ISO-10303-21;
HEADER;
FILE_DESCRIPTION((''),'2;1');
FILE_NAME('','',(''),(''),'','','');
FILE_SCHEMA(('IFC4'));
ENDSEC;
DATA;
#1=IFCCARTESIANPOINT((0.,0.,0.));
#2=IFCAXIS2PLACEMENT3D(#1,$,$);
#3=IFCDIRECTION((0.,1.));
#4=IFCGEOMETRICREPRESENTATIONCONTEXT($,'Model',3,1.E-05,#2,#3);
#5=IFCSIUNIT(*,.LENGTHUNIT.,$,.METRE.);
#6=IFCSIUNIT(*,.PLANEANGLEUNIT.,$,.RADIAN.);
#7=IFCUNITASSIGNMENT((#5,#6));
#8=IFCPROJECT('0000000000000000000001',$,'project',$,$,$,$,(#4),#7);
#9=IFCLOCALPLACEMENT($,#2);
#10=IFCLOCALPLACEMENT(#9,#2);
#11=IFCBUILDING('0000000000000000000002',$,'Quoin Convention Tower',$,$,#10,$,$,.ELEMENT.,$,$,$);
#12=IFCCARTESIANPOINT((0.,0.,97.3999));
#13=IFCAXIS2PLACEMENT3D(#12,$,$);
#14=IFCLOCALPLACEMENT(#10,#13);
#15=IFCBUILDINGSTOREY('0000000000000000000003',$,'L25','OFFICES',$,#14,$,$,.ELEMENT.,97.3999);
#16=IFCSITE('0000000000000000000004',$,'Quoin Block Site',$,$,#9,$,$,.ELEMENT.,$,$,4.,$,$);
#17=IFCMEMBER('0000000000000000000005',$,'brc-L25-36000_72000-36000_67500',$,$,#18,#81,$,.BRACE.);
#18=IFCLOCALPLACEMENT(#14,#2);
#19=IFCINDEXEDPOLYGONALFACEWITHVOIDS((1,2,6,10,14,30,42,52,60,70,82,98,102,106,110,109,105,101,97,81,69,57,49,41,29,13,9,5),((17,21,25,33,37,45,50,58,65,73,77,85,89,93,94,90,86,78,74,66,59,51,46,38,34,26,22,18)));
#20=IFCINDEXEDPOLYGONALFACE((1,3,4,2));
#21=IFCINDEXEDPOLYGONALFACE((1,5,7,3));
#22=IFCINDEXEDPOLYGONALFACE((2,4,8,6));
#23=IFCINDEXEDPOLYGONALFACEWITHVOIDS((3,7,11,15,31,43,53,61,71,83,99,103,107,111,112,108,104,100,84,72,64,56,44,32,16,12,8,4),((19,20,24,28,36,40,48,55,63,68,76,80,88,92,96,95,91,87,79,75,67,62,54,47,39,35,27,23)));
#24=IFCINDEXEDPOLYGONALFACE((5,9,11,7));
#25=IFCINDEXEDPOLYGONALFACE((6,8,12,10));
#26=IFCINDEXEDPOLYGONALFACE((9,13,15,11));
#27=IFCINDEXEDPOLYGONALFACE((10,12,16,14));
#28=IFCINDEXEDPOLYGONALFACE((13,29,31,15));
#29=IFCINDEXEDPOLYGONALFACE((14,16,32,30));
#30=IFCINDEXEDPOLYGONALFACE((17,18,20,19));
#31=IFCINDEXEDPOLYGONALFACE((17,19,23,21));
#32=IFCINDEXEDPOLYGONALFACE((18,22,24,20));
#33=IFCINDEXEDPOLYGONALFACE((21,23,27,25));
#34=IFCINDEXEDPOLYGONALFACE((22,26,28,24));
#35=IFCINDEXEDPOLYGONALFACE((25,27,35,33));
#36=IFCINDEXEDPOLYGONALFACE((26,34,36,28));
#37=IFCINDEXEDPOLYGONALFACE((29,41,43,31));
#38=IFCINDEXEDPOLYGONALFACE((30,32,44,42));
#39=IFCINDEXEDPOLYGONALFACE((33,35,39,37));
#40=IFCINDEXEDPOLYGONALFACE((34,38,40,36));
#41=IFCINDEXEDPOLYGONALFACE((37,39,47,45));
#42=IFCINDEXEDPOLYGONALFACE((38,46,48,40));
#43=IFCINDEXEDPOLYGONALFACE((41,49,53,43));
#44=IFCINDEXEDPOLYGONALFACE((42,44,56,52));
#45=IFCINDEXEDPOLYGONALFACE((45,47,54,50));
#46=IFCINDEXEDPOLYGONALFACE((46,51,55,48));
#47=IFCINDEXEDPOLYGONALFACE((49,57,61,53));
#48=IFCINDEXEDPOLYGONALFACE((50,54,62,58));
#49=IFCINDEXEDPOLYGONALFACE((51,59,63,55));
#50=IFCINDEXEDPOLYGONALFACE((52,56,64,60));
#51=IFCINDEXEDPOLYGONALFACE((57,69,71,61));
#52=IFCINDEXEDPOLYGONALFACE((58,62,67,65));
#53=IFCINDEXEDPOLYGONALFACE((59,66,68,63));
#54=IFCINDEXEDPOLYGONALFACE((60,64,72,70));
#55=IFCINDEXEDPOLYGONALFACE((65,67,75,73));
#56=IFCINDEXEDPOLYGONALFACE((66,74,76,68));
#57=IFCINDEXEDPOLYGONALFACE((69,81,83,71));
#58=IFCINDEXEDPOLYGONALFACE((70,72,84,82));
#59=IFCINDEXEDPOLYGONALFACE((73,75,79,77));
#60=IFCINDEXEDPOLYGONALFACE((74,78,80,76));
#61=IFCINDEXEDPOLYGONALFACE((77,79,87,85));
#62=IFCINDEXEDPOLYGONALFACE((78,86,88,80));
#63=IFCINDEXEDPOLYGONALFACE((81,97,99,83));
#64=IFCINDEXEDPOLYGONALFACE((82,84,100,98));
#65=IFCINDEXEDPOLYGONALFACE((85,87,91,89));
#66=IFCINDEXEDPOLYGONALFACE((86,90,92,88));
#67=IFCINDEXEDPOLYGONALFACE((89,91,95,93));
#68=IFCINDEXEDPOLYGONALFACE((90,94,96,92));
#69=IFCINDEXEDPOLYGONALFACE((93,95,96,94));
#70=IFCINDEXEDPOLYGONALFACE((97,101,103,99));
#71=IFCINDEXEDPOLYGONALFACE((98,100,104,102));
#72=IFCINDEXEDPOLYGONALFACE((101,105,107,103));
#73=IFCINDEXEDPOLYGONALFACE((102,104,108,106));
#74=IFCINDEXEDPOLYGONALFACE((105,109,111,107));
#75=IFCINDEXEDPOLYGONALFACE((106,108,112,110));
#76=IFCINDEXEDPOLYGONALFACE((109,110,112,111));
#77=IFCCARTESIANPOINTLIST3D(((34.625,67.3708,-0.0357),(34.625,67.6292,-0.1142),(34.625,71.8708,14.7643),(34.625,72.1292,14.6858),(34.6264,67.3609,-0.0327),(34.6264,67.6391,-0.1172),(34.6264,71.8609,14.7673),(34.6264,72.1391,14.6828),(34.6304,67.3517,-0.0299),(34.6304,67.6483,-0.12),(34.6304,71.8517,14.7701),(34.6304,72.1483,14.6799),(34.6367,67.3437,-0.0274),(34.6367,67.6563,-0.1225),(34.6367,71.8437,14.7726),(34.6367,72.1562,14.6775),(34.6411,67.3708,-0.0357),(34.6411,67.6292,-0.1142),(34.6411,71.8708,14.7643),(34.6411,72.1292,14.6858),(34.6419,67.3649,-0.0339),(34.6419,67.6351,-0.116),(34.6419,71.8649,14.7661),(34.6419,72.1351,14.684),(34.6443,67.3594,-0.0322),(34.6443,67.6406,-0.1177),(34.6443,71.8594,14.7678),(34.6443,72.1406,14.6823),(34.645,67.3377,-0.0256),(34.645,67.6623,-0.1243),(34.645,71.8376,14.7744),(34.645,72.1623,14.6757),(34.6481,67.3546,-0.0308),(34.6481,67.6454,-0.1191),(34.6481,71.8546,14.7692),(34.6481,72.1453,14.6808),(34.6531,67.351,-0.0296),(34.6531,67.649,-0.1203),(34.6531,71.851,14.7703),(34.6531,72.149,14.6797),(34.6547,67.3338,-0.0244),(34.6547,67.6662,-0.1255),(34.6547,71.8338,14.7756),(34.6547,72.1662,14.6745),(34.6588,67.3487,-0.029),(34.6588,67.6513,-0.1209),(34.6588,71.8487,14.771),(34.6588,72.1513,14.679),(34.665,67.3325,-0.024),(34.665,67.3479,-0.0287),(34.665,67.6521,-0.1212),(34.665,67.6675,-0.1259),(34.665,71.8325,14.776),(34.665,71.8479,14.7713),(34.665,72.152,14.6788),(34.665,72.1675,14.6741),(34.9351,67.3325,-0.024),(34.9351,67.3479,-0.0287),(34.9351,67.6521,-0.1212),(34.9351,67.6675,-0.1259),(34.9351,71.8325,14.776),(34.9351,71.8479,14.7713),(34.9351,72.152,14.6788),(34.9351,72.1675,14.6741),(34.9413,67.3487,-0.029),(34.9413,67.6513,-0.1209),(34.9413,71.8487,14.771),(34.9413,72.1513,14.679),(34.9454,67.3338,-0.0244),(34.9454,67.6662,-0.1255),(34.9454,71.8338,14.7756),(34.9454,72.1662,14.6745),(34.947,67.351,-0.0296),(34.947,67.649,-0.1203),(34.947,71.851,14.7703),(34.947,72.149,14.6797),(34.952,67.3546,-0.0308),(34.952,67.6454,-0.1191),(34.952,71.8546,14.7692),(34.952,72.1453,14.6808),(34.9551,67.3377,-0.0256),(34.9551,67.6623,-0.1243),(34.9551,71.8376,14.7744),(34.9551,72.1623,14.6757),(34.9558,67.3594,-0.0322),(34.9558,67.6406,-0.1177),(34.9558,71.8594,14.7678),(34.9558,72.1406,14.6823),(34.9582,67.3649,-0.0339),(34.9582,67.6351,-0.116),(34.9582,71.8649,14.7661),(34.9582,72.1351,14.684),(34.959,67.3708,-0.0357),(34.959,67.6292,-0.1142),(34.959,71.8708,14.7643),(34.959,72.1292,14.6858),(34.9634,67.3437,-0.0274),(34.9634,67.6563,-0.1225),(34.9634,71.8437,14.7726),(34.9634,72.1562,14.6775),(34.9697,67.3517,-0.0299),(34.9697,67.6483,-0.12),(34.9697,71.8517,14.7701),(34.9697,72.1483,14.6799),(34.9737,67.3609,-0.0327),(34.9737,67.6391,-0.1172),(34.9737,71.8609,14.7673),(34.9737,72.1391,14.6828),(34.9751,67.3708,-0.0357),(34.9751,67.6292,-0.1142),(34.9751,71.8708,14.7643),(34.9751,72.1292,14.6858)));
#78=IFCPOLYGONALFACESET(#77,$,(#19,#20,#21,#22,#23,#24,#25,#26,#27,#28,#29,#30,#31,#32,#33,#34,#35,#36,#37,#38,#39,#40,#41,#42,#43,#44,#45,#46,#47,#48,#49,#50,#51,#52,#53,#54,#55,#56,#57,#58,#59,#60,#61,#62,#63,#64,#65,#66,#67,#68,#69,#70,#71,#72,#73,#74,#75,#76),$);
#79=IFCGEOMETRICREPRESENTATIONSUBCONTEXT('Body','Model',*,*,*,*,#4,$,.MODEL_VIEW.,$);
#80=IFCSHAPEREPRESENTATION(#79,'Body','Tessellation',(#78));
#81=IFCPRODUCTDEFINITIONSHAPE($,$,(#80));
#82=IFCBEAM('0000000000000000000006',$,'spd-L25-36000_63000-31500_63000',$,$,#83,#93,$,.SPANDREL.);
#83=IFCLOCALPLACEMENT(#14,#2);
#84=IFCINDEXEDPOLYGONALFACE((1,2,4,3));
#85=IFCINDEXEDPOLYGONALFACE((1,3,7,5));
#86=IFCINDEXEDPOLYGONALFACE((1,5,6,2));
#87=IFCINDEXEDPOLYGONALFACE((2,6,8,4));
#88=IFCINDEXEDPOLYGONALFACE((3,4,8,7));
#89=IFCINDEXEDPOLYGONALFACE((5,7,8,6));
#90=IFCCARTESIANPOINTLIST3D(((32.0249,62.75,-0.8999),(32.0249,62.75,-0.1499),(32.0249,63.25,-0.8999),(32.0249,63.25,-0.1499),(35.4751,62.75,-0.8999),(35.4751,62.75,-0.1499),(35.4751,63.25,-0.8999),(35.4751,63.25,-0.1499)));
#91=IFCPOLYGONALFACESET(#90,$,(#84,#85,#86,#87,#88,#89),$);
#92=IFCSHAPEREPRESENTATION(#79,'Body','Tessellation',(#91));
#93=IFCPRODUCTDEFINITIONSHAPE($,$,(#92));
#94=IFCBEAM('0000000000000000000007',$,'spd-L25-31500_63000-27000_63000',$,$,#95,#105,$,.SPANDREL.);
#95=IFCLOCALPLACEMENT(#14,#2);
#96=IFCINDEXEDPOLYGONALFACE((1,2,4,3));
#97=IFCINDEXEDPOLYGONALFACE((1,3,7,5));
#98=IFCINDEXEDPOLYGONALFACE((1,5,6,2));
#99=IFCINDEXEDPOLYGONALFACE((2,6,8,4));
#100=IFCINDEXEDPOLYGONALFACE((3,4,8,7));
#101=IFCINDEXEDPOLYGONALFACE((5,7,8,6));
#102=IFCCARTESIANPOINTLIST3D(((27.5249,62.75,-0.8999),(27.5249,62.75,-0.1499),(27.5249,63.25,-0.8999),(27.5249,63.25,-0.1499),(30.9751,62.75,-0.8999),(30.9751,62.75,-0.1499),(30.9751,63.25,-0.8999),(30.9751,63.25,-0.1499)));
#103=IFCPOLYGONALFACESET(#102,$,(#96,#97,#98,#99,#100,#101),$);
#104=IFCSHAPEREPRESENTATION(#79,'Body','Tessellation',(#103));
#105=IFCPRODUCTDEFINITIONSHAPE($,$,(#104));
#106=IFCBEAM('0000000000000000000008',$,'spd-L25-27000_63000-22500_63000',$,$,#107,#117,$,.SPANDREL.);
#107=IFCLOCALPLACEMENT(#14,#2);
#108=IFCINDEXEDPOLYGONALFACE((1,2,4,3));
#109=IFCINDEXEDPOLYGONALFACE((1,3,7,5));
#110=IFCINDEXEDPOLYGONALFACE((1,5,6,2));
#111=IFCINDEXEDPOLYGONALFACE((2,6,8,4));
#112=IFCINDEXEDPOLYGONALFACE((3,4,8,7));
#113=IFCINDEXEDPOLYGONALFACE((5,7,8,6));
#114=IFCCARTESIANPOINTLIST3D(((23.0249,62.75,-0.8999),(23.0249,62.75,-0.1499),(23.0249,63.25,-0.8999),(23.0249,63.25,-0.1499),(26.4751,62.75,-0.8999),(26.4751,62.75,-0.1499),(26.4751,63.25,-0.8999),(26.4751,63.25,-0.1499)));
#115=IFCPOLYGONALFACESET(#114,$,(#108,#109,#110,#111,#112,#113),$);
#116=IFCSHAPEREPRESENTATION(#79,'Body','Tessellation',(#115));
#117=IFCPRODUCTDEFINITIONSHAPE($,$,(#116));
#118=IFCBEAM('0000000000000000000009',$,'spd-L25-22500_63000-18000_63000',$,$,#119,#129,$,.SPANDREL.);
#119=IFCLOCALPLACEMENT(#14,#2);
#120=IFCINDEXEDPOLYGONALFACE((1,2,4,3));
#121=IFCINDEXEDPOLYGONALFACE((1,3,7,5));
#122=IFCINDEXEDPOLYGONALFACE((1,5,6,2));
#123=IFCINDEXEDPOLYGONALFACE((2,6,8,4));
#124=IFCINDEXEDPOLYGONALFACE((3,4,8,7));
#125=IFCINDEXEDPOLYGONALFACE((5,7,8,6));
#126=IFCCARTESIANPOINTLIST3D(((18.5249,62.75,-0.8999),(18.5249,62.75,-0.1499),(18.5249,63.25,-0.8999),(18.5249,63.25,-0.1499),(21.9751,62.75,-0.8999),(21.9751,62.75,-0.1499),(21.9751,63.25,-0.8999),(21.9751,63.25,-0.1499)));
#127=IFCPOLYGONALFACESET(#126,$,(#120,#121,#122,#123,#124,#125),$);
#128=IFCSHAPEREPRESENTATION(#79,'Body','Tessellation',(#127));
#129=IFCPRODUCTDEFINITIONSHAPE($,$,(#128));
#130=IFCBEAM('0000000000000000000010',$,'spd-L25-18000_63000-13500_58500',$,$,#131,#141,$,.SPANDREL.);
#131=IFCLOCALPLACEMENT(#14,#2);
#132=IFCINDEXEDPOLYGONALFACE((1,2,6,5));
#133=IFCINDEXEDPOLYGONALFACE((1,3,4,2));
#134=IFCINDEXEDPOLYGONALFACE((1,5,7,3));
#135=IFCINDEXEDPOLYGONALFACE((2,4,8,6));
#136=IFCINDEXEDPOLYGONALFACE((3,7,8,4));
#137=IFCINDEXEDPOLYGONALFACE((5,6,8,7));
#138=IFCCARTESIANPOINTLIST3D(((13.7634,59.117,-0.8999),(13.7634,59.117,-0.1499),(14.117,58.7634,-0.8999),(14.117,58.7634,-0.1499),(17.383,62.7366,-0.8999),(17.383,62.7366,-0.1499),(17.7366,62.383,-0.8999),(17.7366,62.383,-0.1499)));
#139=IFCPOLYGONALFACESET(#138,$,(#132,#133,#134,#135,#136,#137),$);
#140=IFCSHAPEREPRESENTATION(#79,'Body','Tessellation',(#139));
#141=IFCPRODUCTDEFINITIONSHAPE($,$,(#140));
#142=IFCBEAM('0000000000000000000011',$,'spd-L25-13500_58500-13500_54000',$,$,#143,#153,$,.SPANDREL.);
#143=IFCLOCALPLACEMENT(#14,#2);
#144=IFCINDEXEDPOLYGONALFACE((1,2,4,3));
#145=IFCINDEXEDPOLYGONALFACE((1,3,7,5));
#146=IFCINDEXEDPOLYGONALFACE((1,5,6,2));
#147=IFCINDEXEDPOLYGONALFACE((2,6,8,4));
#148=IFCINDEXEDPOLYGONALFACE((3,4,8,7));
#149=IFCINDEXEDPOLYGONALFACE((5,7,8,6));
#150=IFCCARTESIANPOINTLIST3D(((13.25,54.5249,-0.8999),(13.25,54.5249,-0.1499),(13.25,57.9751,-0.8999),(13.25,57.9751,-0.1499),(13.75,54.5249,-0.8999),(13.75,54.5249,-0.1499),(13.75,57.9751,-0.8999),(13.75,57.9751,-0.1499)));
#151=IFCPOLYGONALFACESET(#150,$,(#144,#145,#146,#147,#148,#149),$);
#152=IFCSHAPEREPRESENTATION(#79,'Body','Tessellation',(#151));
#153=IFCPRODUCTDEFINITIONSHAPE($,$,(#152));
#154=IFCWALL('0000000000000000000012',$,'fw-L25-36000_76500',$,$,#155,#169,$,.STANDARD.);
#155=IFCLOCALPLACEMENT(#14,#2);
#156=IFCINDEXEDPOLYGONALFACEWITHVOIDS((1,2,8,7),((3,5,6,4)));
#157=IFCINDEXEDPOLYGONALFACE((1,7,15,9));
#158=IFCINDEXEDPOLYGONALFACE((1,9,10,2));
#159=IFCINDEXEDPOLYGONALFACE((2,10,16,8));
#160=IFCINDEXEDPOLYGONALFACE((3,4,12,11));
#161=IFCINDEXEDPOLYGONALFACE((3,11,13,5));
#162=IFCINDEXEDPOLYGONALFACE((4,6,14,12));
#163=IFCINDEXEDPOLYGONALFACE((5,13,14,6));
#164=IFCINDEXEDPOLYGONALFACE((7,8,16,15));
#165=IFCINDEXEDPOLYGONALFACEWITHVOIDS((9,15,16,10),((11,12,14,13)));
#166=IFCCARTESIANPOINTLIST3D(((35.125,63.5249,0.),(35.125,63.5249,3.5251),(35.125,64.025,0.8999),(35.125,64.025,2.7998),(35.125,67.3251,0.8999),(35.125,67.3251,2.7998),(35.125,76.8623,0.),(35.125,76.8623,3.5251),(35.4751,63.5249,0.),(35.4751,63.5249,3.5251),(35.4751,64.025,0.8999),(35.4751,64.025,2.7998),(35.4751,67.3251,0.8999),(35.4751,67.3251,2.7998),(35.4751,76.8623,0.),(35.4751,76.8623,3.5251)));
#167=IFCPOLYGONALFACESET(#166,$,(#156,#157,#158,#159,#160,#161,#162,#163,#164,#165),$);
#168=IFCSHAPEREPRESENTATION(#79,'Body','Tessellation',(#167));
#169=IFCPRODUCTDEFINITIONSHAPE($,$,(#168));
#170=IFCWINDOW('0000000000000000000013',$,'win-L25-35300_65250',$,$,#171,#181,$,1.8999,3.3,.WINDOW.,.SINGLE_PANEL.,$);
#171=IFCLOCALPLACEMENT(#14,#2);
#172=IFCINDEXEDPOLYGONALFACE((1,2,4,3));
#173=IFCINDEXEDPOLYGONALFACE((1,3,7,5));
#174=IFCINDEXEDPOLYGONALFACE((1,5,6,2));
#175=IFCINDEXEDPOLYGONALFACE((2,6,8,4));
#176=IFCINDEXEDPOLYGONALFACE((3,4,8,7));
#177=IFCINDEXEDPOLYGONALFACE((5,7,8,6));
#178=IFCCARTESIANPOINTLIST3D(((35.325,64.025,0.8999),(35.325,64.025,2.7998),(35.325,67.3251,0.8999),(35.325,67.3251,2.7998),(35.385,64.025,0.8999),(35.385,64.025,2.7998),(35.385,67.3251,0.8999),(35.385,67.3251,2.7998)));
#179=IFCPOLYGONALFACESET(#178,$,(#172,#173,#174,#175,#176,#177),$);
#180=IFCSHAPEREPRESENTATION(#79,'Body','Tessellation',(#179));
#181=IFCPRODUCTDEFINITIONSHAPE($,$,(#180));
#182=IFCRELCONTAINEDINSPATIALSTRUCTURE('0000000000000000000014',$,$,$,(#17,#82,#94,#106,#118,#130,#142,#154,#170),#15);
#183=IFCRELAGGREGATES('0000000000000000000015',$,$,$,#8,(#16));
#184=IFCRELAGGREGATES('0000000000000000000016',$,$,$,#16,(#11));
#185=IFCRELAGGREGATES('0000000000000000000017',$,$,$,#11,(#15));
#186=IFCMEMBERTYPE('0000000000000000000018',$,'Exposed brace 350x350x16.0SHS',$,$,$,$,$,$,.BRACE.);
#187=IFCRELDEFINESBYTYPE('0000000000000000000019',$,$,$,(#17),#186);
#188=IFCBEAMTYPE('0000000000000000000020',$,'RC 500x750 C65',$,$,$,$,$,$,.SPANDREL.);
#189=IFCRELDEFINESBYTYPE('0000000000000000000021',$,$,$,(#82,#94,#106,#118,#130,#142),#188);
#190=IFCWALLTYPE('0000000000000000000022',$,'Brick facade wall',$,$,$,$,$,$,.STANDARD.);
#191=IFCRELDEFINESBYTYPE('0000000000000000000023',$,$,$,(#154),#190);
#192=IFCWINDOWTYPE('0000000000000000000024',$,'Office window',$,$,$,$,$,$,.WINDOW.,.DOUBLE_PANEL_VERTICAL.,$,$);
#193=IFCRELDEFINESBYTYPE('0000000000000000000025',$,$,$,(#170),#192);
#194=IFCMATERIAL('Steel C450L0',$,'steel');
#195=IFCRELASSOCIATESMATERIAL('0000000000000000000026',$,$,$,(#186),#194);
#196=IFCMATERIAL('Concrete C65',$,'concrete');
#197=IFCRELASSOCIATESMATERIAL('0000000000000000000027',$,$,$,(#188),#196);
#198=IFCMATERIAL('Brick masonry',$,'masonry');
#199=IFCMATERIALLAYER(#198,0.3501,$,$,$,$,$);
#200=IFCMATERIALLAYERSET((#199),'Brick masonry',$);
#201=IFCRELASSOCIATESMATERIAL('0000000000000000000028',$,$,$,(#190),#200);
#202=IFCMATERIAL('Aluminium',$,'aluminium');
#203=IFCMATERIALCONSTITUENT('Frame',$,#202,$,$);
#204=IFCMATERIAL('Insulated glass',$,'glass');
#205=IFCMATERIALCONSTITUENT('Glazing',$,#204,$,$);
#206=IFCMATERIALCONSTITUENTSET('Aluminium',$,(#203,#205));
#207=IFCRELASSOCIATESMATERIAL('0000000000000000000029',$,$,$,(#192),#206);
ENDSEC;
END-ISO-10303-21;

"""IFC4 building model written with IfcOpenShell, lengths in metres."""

from ifc_helpers import new_model, si_unit, direction, frame, frame_2d, origin, origin_2d, place, context, subcontext, project, spatial, rectangle, hollow_rectangle, extrude, material, layer, layer_set, constituent, constituent_set, material_profile, profile_set, type_object, element, fill, save


model = new_model("IFC4")

# Units and contexts
model_context = context("Model", 3, precision=1e-05, world=origin(), true_north=direction((0.0, 1.0)))
body_context = subcontext(model_context, "Body", "Model", "MODEL_VIEW")
ifc_project = project(units=[si_unit("LENGTHUNIT", "METRE"), si_unit("PLANEANGLEUNIT", "RADIAN")], contexts=[model_context])

# Site, building, storey
site_placement = place(None, origin())
site = spatial("IfcSite", under=ifc_project, at=site_placement, Name="Quoin Block Site", CompositionType="ELEMENT", RefElevation=4.0)
building_placement = place(site_placement, origin())
building = spatial("IfcBuilding", under=site, at=building_placement, Name="Quoin Convention Tower", CompositionType="ELEMENT")
storey_placement = place(building_placement, frame((0.0, 0.0, 97.3999)))
storey = spatial("IfcBuildingStorey", under=building, at=storey_placement, Name="L25", Description="OFFICES", CompositionType="ELEMENT", Elevation=97.3999)

# Shared definitions
ifc_material_1 = material(Name="Concrete C65", Category="concrete")

# Member
ifc_material_2 = material(Name="Steel C450L0", Category="steel")
ifc_material_profile_1 = material_profile(ifc_material_2, hollow_rectangle(XDim=0.3501, YDim=0.3501, WallThickness=0.0161, InnerFilletRadius=0.0239, OuterFilletRadius=0.04, at=origin_2d()), Name="350x350x16.0SHS")
ifc_profile_set_1 = profile_set([ifc_material_profile_1], Name="Steel C450L0")
member_type = type_object("IfcMemberType", Name="Exposed brace 350x350x16.0SHS", PredefinedType="BRACE", material=ifc_profile_set_1)
for number, where, z_axis, x_axis, name in (
    (1, (34.8, 67.5, -0.075), (0.0, 0.290903, 0.956752), (-1.0, 0.0, 0.0), "brc-L25-36000_72000-36000_67500"),
):
    element("IfcMember", number, at=place(storey_placement, frame(where, z_axis=z_axis, x_axis=x_axis)), inside=storey, type_object=member_type, Name=name, PredefinedType="BRACE", context=body_context, shape_type="SweptSolid", body=[
        extrude(hollow_rectangle(XDim=0.3501, YDim=0.3501, WallThickness=0.0161, InnerFilletRadius=0.0239, OuterFilletRadius=0.04, at=origin_2d()), origin(), (0.0, 0.0, 1.0), 15.469),
    ])

# Beams
ifc_material_profile_2 = material_profile(ifc_material_1, rectangle(XDim=0.5, YDim=0.75, at=origin_2d()), Name="RC 500x750")
ifc_profile_set_2 = profile_set([ifc_material_profile_2], Name="Concrete C65")
beam_type_1 = type_object("IfcBeamType", Name="RC 500x750 C65", PredefinedType="SPANDREL", material=ifc_profile_set_2)
for number, where, z_axis, x_axis, name in (
    (2, (35.4751, 63.0, -0.5249), (-1.0, 0.0, 0.0), (0.0, -1.0, 0.0), "spd-L25-36000_63000-31500_63000"),
    (3, (30.9751, 63.0, -0.5249), (-1.0, 0.0, 0.0), (0.0, -1.0, 0.0), "spd-L25-31500_63000-27000_63000"),
    (4, (26.4751, 63.0, -0.5249), (-1.0, 0.0, 0.0), (0.0, -1.0, 0.0), "spd-L25-27000_63000-22500_63000"),
    (5, (21.9751, 63.0, -0.5249), (-1.0, 0.0, 0.0), (0.0, -1.0, 0.0), "spd-L25-22500_63000-18000_63000"),
):
    element("IfcBeam", number, at=place(storey_placement, frame(where, z_axis=z_axis, x_axis=x_axis)), inside=storey, type_object=beam_type_1, Name=name, PredefinedType="SPANDREL", context=body_context, shape_type="SweptSolid", body=[
        extrude(rectangle(XDim=0.5, YDim=0.75, at=origin_2d()), origin(), (0.0, 0.0, 1.0), 3.4502),
    ])
beam_1_placement = place(storey_placement, frame((17.5598, 62.5598, -0.5249), z_axis=(-0.707107, -0.707107, 0.0), x_axis=(0.707107, -0.707107, 0.0)))
element("IfcBeam", 6, at=beam_1_placement, inside=storey, type_object=beam_type_1, Name="spd-L25-18000_63000-13500_58500", PredefinedType="SPANDREL", context=body_context, shape_type="SweptSolid", body=[
    extrude(rectangle(XDim=0.5, YDim=0.75, at=origin_2d()), origin(), (0.0, 0.0, 1.0), 5.1189),
])
beam_2_placement = place(storey_placement, frame((13.5, 57.9751, -0.5249), z_axis=(0.0, -1.0, 0.0), x_axis=(1.0, 0.0, 0.0)))
element("IfcBeam", 7, at=beam_2_placement, inside=storey, type_object=beam_type_1, Name="spd-L25-13500_58500-13500_54000", PredefinedType="SPANDREL", context=body_context, shape_type="SweptSolid", body=[
    extrude(rectangle(XDim=0.5, YDim=0.75, at=origin_2d()), origin(), (0.0, 0.0, 1.0), 3.4502),
])

# Wall, opening, window
ifc_material_3 = material(Name="Brick masonry", Category="masonry")
ifc_layer_1 = layer(ifc_material_3, 0.3501)
ifc_layer_set_1 = layer_set([ifc_layer_1], Name="Brick masonry")
wall_type_1 = type_object("IfcWallType", Name="Brick facade wall", PredefinedType="STANDARD", material=ifc_layer_set_1)
wall_1_placement = place(storey_placement, frame((35.3, 76.8623, 0.0), z_axis=(0.0, 0.0, 1.0), x_axis=(0.0, -1.0, 0.0)))
wall_1 = element("IfcWall", 8, at=wall_1_placement, inside=storey, type_object=wall_type_1, Name="fw-L25-36000_76500", PredefinedType="STANDARD", context=body_context, shape_type="SweptSolid", body=[
    extrude(rectangle(XDim=13.3374, YDim=0.3501, at=frame_2d((6.6687, 0.0))), origin(), (0.0, 0.0, 1.0), 3.5251),
])
opening_1_placement = place(wall_1_placement, frame((9.5374, 0.0, 0.8999)))
opening_1 = element("IfcOpeningElement", 9, at=opening_1_placement, cuts=wall_1, PredefinedType="OPENING", context=body_context, shape_type="SweptSolid", body=[
    extrude(rectangle(XDim=3.3, YDim=1.8999, at=frame_2d((1.6499, 0.95))), frame((0.0, 0.1851, 0.0), z_axis=(0.0, -1.0, 0.0), x_axis=(1.0, 0.0, 0.0)), (0.0, 0.0, 1.0), 0.3701),
])
ifc_material_4 = material(Name="Aluminium", Category="aluminium")
ifc_constituent_1 = constituent(ifc_material_4, Name="Frame")
ifc_material_5 = material(Name="Insulated glass", Category="glass")
ifc_constituent_2 = constituent(ifc_material_5, Name="Glazing")
ifc_constituent_set = constituent_set(constituents=[ifc_constituent_1, ifc_constituent_2], Name="Aluminium")
window_type = type_object("IfcWindowType", Name="Office window", PartitioningType="DOUBLE_PANEL_VERTICAL", PredefinedType="WINDOW", material=ifc_constituent_set)
window_1_placement = place(opening_1_placement, origin())
window_1 = element("IfcWindow", 10, at=window_1_placement, inside=storey, type_object=window_type, Name="win-L25-35300_65250", OverallHeight=1.8999, OverallWidth=3.3, PartitioningType="SINGLE_PANEL", PredefinedType="WINDOW", context=body_context, shape_type="SweptSolid", body=[
    extrude(rectangle(XDim=3.3, YDim=1.8999, at=frame_2d((1.6499, 0.95))), frame((0.0, 0.085, 0.0), z_axis=(0.0, -1.0, 0.0), x_axis=(1.0, 0.0, 0.0)), (0.0, 0.0, 1.0), 0.0601),
])
fill(opening_1, window_1)

save(model, "model.ifc")
